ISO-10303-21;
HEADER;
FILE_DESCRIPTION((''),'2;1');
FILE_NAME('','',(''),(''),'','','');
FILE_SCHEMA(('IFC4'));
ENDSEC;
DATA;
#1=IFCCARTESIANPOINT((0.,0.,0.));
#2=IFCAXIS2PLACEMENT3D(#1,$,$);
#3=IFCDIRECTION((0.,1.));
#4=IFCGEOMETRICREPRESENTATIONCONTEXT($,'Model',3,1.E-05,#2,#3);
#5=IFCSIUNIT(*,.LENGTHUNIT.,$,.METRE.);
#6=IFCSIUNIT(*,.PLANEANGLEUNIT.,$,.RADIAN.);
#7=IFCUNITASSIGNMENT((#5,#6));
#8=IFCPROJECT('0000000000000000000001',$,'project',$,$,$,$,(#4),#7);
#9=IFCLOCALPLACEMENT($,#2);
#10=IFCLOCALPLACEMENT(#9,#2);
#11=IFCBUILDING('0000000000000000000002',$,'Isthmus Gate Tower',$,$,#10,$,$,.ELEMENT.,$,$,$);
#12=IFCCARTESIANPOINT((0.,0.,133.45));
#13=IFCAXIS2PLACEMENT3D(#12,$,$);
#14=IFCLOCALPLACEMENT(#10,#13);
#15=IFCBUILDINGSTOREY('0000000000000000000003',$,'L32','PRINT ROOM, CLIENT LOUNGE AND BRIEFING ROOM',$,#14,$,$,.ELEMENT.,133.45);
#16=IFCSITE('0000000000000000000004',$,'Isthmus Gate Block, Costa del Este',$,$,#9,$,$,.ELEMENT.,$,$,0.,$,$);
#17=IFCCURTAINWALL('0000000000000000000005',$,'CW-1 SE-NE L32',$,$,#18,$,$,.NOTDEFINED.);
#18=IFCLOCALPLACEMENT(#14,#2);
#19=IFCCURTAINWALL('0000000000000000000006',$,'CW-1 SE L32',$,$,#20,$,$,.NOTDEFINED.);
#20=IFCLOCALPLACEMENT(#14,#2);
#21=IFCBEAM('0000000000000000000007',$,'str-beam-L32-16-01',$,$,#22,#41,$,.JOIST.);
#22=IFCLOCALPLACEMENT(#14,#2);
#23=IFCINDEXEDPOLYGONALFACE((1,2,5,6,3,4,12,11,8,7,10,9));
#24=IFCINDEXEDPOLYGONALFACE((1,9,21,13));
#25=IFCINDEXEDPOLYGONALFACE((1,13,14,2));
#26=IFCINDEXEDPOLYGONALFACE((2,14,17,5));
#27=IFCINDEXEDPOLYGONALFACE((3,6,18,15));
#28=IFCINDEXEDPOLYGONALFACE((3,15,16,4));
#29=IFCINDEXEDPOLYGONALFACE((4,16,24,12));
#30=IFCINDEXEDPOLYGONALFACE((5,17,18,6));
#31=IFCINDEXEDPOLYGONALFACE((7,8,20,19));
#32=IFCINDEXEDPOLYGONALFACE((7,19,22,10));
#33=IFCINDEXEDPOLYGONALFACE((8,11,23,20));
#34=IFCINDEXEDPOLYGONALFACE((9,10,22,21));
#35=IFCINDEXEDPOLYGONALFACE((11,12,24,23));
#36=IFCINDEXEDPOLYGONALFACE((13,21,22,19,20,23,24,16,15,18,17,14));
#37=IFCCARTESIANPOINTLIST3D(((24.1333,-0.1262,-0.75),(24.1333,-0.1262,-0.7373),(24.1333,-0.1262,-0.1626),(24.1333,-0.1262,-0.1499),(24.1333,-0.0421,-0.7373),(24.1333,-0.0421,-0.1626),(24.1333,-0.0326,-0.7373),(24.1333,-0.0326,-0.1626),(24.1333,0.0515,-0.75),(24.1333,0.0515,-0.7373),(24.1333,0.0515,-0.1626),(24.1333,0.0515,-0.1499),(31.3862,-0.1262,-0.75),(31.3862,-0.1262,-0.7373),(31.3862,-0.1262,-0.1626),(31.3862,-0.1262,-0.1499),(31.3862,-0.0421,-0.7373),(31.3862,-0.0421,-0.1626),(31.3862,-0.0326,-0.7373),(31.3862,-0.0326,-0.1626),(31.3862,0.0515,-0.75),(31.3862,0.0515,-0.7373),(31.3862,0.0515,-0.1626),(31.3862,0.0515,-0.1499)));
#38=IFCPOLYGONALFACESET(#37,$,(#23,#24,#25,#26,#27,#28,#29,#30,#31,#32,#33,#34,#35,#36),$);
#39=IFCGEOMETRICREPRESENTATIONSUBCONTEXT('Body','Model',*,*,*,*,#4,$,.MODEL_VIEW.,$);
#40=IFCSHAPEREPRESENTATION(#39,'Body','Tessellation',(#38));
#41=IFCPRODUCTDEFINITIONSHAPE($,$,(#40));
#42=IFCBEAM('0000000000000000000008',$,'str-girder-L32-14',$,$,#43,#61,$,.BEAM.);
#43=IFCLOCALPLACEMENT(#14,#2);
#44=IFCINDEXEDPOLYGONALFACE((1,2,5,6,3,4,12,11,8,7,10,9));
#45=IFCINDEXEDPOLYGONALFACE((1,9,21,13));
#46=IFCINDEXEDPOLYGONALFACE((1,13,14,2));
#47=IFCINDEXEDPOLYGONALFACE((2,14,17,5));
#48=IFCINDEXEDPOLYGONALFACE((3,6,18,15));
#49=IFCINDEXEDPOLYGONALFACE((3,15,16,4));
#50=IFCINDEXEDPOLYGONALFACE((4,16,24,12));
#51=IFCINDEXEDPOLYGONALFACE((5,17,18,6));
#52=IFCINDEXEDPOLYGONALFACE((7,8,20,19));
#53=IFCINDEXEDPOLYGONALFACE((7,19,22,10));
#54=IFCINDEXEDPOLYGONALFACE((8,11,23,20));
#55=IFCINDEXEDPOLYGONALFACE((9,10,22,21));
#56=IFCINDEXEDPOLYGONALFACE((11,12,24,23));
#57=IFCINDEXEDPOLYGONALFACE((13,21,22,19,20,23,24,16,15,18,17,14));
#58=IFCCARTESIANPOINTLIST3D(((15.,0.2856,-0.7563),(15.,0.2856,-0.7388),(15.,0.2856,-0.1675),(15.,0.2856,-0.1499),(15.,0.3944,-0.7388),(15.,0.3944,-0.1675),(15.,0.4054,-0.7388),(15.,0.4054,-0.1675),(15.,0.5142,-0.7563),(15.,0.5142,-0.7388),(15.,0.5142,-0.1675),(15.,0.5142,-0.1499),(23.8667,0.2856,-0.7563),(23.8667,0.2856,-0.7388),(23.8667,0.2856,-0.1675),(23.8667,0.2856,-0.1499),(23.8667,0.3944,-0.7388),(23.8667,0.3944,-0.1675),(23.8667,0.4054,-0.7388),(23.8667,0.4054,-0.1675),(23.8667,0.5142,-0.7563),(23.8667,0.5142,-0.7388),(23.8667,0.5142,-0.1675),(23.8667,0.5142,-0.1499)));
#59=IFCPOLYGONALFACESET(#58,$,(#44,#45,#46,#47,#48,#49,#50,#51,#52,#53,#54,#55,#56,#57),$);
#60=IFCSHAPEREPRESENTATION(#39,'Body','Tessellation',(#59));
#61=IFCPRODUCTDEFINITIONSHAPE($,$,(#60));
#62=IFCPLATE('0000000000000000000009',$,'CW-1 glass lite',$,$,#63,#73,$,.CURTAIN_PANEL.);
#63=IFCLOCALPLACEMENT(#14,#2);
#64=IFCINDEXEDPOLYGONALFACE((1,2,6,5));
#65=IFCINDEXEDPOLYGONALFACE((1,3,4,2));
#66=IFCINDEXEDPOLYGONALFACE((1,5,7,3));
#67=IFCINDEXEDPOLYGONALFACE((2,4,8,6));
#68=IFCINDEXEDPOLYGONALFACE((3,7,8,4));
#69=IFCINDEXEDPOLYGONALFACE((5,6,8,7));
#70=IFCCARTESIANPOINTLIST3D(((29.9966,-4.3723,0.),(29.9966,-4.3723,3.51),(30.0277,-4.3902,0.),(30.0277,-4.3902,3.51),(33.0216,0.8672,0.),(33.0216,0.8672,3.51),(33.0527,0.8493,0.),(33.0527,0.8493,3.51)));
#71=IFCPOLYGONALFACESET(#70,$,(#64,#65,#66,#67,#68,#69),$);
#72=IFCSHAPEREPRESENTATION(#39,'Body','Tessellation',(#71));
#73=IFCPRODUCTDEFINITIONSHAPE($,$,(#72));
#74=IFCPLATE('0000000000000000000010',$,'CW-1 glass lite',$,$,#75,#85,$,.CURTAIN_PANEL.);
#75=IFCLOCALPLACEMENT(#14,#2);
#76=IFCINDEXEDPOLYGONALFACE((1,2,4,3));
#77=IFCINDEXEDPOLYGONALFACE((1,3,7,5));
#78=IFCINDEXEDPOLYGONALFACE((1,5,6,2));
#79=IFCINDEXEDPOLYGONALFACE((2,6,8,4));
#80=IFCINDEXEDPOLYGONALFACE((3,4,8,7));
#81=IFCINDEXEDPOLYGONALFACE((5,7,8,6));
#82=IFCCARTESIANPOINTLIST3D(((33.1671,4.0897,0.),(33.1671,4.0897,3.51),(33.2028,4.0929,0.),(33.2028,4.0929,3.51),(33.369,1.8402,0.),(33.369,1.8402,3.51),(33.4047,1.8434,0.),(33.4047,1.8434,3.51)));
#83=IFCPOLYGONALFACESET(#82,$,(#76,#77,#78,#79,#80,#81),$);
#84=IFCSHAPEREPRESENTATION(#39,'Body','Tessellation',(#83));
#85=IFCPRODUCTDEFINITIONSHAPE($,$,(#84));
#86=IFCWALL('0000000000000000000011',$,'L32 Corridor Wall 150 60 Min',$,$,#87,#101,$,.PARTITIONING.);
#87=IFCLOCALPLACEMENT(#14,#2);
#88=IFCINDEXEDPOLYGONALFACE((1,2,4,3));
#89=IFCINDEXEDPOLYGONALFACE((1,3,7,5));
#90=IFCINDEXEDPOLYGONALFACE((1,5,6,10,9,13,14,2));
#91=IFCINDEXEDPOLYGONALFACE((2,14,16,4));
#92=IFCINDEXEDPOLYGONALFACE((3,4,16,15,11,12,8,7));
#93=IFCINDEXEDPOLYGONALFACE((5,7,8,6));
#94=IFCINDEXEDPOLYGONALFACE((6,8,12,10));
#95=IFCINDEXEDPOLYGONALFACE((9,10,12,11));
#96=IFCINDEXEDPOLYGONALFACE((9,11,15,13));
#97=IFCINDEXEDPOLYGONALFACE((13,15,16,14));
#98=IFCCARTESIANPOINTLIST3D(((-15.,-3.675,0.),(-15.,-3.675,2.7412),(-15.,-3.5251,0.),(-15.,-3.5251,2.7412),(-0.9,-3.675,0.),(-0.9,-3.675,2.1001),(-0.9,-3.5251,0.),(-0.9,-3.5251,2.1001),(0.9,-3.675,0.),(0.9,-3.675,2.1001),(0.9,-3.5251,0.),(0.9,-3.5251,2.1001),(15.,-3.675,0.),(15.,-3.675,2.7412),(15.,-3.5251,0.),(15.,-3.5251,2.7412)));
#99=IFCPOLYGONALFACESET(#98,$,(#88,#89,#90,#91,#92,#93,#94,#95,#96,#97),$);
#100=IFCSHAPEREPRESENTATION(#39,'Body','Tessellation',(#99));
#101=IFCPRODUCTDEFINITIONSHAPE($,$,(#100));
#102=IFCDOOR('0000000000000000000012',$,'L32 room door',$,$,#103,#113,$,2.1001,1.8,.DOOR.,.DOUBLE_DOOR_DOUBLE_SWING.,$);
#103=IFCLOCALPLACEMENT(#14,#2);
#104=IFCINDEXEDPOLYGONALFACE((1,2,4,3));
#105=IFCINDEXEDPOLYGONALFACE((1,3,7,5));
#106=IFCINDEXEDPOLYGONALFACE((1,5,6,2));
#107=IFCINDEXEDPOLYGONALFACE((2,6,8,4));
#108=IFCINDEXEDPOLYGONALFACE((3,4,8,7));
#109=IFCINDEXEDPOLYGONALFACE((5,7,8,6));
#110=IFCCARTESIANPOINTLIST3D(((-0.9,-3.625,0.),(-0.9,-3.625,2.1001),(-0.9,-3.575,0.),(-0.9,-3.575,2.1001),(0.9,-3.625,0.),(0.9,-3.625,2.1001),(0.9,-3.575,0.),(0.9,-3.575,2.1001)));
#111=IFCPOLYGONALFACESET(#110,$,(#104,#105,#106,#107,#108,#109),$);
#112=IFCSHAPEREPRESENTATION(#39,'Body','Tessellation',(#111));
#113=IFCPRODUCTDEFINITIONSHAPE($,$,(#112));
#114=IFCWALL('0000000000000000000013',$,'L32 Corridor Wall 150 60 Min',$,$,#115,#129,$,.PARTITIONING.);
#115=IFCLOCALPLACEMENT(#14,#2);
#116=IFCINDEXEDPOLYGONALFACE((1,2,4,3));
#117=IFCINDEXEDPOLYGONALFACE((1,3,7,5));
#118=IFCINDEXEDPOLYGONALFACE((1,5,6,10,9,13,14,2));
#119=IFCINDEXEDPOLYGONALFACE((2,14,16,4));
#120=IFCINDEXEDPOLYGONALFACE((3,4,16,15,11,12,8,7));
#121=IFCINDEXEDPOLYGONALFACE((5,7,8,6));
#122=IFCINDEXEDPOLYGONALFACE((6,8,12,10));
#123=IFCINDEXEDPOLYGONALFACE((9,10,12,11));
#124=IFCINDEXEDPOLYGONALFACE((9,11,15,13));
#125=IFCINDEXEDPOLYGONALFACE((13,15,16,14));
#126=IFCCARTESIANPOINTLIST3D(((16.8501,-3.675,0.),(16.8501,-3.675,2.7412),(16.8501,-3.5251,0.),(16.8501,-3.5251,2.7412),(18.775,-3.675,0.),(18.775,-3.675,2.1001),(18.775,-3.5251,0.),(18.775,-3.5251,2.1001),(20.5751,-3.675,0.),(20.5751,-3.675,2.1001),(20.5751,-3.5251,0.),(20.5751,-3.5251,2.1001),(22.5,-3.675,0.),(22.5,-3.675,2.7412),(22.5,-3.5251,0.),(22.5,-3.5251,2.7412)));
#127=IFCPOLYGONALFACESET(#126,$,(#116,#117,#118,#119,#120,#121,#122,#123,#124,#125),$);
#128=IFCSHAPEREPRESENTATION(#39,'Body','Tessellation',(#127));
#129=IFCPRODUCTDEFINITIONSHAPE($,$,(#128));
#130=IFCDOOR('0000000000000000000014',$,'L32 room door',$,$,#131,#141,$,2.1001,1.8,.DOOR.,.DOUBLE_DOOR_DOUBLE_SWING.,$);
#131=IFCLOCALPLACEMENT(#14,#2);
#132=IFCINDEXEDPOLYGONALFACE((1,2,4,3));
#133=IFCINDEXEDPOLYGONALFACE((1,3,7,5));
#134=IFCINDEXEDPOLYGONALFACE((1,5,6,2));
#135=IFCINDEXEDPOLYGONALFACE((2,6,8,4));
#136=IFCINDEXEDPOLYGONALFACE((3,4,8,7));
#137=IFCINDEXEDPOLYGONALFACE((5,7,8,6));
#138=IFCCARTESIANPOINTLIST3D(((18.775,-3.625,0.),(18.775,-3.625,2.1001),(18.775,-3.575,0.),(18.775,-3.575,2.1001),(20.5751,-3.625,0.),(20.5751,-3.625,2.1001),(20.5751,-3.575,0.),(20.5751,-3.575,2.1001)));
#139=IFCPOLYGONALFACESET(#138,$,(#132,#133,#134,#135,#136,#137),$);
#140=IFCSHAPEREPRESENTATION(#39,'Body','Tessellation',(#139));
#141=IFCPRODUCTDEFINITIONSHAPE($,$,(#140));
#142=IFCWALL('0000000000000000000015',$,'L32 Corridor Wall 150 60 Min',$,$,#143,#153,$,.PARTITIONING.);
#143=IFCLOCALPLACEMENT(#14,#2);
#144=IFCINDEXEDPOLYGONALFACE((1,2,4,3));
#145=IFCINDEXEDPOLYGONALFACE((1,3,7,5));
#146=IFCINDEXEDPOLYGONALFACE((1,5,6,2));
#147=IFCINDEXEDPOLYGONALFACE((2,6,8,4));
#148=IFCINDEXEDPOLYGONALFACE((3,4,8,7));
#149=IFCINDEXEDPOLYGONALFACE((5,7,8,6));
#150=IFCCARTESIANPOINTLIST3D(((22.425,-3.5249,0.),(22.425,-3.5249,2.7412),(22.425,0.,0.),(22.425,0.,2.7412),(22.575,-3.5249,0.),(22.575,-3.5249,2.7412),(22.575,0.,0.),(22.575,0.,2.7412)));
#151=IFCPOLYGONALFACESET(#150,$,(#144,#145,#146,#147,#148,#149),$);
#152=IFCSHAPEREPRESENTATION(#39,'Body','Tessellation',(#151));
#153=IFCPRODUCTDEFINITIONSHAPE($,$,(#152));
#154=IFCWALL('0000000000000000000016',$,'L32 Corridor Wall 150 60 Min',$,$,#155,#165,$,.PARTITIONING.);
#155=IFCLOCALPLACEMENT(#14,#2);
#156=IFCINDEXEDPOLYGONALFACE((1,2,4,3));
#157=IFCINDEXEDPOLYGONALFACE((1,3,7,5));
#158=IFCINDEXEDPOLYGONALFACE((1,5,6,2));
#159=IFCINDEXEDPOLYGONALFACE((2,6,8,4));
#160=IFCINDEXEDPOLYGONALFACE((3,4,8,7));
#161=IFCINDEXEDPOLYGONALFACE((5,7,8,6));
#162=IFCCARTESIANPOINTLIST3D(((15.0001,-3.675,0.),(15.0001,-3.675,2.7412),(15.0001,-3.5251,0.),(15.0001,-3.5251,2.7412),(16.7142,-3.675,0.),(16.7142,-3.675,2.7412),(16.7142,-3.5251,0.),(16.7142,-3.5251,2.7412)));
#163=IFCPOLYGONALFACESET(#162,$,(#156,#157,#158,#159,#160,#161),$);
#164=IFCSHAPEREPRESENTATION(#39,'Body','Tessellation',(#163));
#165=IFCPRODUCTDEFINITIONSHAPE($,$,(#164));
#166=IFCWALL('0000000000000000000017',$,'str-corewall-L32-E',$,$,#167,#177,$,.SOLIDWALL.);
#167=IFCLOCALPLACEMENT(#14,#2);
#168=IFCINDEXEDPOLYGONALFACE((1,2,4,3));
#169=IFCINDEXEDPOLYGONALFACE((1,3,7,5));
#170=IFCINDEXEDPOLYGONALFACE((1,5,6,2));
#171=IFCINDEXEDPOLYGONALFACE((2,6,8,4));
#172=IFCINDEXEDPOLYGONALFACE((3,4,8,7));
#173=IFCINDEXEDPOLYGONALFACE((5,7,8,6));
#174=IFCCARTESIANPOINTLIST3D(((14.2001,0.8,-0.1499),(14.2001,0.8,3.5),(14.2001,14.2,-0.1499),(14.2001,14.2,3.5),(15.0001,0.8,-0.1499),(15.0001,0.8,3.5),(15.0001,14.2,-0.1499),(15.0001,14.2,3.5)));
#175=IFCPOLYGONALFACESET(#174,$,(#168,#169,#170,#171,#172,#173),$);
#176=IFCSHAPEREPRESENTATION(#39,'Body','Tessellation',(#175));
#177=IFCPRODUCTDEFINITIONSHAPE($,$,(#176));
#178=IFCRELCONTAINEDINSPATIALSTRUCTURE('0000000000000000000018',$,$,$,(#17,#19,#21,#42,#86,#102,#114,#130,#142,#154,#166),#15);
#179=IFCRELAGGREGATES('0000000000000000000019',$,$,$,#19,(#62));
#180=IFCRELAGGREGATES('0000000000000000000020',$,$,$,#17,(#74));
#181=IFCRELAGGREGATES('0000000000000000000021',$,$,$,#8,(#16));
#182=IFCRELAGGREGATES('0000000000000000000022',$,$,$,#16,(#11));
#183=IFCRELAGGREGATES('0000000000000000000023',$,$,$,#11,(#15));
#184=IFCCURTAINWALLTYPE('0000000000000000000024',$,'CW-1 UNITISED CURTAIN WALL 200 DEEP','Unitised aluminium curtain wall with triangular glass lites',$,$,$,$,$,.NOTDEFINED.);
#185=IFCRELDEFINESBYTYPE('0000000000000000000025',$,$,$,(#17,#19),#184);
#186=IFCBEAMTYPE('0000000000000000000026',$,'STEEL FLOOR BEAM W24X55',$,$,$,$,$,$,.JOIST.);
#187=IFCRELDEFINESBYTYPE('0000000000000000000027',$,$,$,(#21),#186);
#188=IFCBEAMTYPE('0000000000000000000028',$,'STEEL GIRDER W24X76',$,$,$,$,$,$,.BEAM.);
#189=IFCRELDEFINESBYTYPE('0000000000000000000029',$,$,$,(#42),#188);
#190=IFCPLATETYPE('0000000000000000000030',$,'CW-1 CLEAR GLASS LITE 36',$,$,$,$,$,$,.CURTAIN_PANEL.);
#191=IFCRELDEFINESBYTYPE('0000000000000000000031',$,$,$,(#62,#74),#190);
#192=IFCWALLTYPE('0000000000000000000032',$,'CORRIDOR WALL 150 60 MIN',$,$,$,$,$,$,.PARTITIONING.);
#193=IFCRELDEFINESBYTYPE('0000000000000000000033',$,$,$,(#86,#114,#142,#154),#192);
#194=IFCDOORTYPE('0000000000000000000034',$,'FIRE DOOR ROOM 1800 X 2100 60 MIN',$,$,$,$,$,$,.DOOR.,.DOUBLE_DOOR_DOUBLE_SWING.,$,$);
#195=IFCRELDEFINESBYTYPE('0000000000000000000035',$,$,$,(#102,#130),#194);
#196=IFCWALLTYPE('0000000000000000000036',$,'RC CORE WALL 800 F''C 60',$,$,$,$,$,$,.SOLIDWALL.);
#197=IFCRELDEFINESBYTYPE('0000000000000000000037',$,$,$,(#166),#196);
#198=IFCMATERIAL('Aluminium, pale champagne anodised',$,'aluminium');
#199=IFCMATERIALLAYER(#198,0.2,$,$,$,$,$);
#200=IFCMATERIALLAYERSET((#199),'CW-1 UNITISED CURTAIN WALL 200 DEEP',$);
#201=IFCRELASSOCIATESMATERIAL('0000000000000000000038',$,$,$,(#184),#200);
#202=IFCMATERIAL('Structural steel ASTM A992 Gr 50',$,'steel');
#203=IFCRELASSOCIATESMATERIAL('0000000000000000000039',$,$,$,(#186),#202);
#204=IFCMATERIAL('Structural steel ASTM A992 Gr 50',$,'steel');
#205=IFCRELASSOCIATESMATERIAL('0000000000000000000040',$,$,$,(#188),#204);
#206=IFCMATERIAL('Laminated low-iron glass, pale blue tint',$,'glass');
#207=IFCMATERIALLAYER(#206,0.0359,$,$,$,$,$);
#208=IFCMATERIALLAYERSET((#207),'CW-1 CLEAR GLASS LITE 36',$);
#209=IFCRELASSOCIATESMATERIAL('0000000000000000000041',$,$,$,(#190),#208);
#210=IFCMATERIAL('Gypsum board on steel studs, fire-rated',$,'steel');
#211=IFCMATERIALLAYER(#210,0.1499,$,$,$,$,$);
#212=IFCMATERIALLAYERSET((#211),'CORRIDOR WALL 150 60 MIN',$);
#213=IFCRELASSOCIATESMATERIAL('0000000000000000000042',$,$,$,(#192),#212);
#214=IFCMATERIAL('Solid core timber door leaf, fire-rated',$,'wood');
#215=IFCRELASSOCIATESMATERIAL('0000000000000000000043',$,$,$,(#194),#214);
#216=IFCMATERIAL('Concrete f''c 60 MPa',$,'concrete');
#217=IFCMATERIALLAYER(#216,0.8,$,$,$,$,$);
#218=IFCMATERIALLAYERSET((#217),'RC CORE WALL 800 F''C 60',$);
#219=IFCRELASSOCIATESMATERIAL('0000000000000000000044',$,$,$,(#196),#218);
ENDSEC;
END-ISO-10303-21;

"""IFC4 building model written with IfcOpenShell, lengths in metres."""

from ifc_helpers import new_model, si_unit, direction, frame, frame_2d, origin, origin_2d, place, context, subcontext, project, spatial, rectangle, i_section, extrude, material, layer, layer_set, material_profile, profile_set, type_object, element, fill, aggregate, save


model = new_model("IFC4")

# Units and contexts
model_context = context("Model", 3, precision=1e-05, world=origin(), true_north=direction((0.0, 1.0)))
body_context = subcontext(model_context, "Body", "Model", "MODEL_VIEW")
ifc_project = project(units=[si_unit("LENGTHUNIT", "METRE"), si_unit("PLANEANGLEUNIT", "RADIAN")], contexts=[model_context])

# Site, building, storey
site_placement = place(None, origin())
site = spatial("IfcSite", under=ifc_project, at=site_placement, Name="Isthmus Gate Block, Costa del Este", CompositionType="ELEMENT", RefElevation=0.0)
building_placement = place(site_placement, origin())
building = spatial("IfcBuilding", under=site, at=building_placement, Name="Isthmus Gate Tower", CompositionType="ELEMENT")
storey_placement = place(building_placement, frame((0.0, 0.0, 133.45)))
storey = spatial("IfcBuildingStorey", under=building, at=storey_placement, Name="L32", Description="PRINT ROOM, CLIENT LOUNGE AND BRIEFING ROOM", CompositionType="ELEMENT", Elevation=133.45)

# Curtain walls
ifc_material_1 = material(Name="Aluminium, pale champagne anodised", Category="aluminium")
ifc_layer_1 = layer(ifc_material_1, 0.2)
ifc_layer_set_1 = layer_set([ifc_layer_1], Name="CW-1 UNITISED CURTAIN WALL 200 DEEP")
curtain_wall_type = type_object("IfcCurtainWallType", Name="CW-1 UNITISED CURTAIN WALL 200 DEEP", Description="Unitised aluminium curtain wall with triangular glass lites", PredefinedType="NOTDEFINED", material=ifc_layer_set_1)
curtain_wall_1_placement = place(storey_placement, origin())
curtain_wall_1 = element("IfcCurtainWall", 1, at=curtain_wall_1_placement, inside=storey, type_object=curtain_wall_type, Name="CW-1 SE-NE L32", PredefinedType="NOTDEFINED")
curtain_wall_2_placement = place(storey_placement, origin())
curtain_wall_2 = element("IfcCurtainWall", 2, at=curtain_wall_2_placement, inside=storey, type_object=curtain_wall_type, Name="CW-1 SE L32", PredefinedType="NOTDEFINED")

# Beams
ifc_material_2 = material(Name="Structural steel ASTM A992 Gr 50", Category="steel")
ifc_material_profile_1 = material_profile(ifc_material_2, i_section(OverallWidth=0.1777, OverallDepth=0.6001, WebThickness=0.0095, FlangeThickness=0.0127, at=origin_2d()), Name="W24X55")
ifc_profile_set_1 = profile_set([ifc_material_profile_1], Name="Structural steel ASTM A992 Gr 50")
beam_type_1 = type_object("IfcBeamType", Name="STEEL FLOOR BEAM W24X55", PredefinedType="JOIST", material=ifc_profile_set_1)
beam_1_placement = place(storey_placement, frame((24.1333, -0.0374, -0.45), z_axis=(1.0, 0.0, 0.0), x_axis=(0.0, 1.0, 0.0)))
element("IfcBeam", 3, at=beam_1_placement, inside=storey, type_object=beam_type_1, Name="str-beam-L32-16-01", PredefinedType="JOIST", context=body_context, shape_type="SweptSolid", body=[
    extrude(i_section(OverallWidth=0.1777, OverallDepth=0.6001, WebThickness=0.0095, FlangeThickness=0.0127, at=origin_2d()), origin(), (0.0, 0.0, 1.0), 7.2529),
])
ifc_material_3 = material(Name="Structural steel ASTM A992 Gr 50", Category="steel")
ifc_material_profile_2 = material_profile(ifc_material_3, i_section(OverallWidth=0.2285, OverallDepth=0.6064, WebThickness=0.011, FlangeThickness=0.0176, at=origin_2d()), Name="W24X76")
ifc_profile_set_2 = profile_set([ifc_material_profile_2], Name="Structural steel ASTM A992 Gr 50")
beam_type_2 = type_object("IfcBeamType", Name="STEEL GIRDER W24X76", PredefinedType="BEAM", material=ifc_profile_set_2)
beam_2_placement = place(storey_placement, frame((15.0, 0.3999, -0.4531), z_axis=(1.0, 0.0, 0.0), x_axis=(0.0, 1.0, 0.0)))
element("IfcBeam", 4, at=beam_2_placement, inside=storey, type_object=beam_type_2, Name="str-girder-L32-14", PredefinedType="BEAM", context=body_context, shape_type="SweptSolid", body=[
    extrude(i_section(OverallWidth=0.2285, OverallDepth=0.6064, WebThickness=0.011, FlangeThickness=0.0176, at=origin_2d()), origin(), (0.0, 0.0, 1.0), 8.8667),
])

# Plates
ifc_material_4 = material(Name="Laminated low-iron glass, pale blue tint", Category="glass")
ifc_layer_2 = layer(ifc_material_4, 0.0359)
ifc_layer_set_2 = layer_set([ifc_layer_2], Name="CW-1 CLEAR GLASS LITE 36")
plate_type = type_object("IfcPlateType", Name="CW-1 CLEAR GLASS LITE 36", PredefinedType="CURTAIN_PANEL", material=ifc_layer_set_2)
plate_1_placement = place(storey_placement, frame((31.5247, -1.7615, 0.0), z_axis=(0.0, 0.0, 1.0), x_axis=(0.5, 0.866025, 0.0)))
plate_1 = element("IfcPlate", 5, at=plate_1_placement, type_object=plate_type, Name="CW-1 glass lite", PredefinedType="CURTAIN_PANEL", context=body_context, shape_type="SweptSolid", body=[
    extrude(rectangle(XDim=6.05, YDim=0.0359, at=origin_2d()), origin(), (0.0, 0.0, 1.0), 3.51),
])
aggregate(curtain_wall_2, [plate_1])
plate_2_placement = place(storey_placement, frame((33.2859, 2.9666, 0.0), z_axis=(0.0, 0.0, 1.0), x_axis=(-0.089397, 0.995996, 0.0)))
plate_2 = element("IfcPlate", 6, at=plate_2_placement, type_object=plate_type, Name="CW-1 glass lite", PredefinedType="CURTAIN_PANEL", context=body_context, shape_type="SweptSolid", body=[
    extrude(rectangle(XDim=2.2585, YDim=0.0359, at=origin_2d()), origin(), (0.0, 0.0, 1.0), 3.51),
])
aggregate(curtain_wall_1, [plate_2])

# Walls, openings, doors
ifc_material_5 = material(Name="Gypsum board on steel studs, fire-rated", Category="steel")
ifc_layer_3 = layer(ifc_material_5, 0.1499)
ifc_layer_set_3 = layer_set([ifc_layer_3], Name="CORRIDOR WALL 150 60 MIN")
wall_type_1 = type_object("IfcWallType", Name="CORRIDOR WALL 150 60 MIN", PredefinedType="PARTITIONING", material=ifc_layer_set_3)
wall_1_placement = place(storey_placement, frame((15.0, -3.6001, 0.0), z_axis=(0.0, 0.0, 1.0), x_axis=(-1.0, 0.0, 0.0)))
wall_1 = element("IfcWall", 7, at=wall_1_placement, inside=storey, type_object=wall_type_1, Name="L32 Corridor Wall 150 60 Min", PredefinedType="PARTITIONING", context=body_context, shape_type="SweptSolid", body=[
    extrude(rectangle(XDim=30.0, YDim=0.1499, at=frame_2d((15.0, 0.0))), origin(), (0.0, 0.0, 1.0), 2.7412),
])
opening_1_placement = place(wall_1_placement, frame((14.1001, 0.0, 0.0)))
opening_1 = element("IfcOpeningElement", 8, at=opening_1_placement, cuts=wall_1, PredefinedType="OPENING", context=body_context, shape_type="SweptSolid", body=[
    extrude(rectangle(XDim=1.8, YDim=2.1001, at=frame_2d((0.8999, 1.05))), frame((0.0, 0.085, 0.0), z_axis=(0.0, -1.0, 0.0), x_axis=(1.0, 0.0, 0.0)), (0.0, 0.0, 1.0), 0.1699),
])
ifc_material_6 = material(Name="Solid core timber door leaf, fire-rated", Category="wood")
door_type = type_object("IfcDoorType", Name="FIRE DOOR ROOM 1800 X 2100 60 MIN", OperationType="DOUBLE_DOOR_DOUBLE_SWING", PredefinedType="DOOR", material=ifc_material_6)
door_1_placement = place(opening_1_placement, origin())
door_1 = element("IfcDoor", 9, at=door_1_placement, inside=storey, type_object=door_type, Name="L32 room door", OperationType="DOUBLE_DOOR_DOUBLE_SWING", OverallHeight=2.1001, OverallWidth=1.8, PredefinedType="DOOR", context=body_context, shape_type="SweptSolid", body=[
    extrude(rectangle(XDim=1.8, YDim=2.1001, at=frame_2d((0.8999, 1.05))), frame((0.0, 0.0249, 0.0), z_axis=(0.0, -1.0, 0.0), x_axis=(1.0, 0.0, 0.0)), (0.0, 0.0, 1.0), 0.05),
])
fill(opening_1, door_1)
wall_2_placement = place(storey_placement, frame((22.5, -3.6001, 0.0), z_axis=(0.0, 0.0, 1.0), x_axis=(-1.0, 0.0, 0.0)))
wall_2 = element("IfcWall", 10, at=wall_2_placement, inside=storey, type_object=wall_type_1, Name="L32 Corridor Wall 150 60 Min", PredefinedType="PARTITIONING", context=body_context, shape_type="SweptSolid", body=[
    extrude(rectangle(XDim=5.6499, YDim=0.1499, at=frame_2d((2.825, 0.0))), origin(), (0.0, 0.0, 1.0), 2.7412),
])
opening_2_placement = place(wall_2_placement, frame((1.925, 0.0, 0.0)))
opening_2 = element("IfcOpeningElement", 11, at=opening_2_placement, cuts=wall_2, PredefinedType="OPENING", context=body_context, shape_type="SweptSolid", body=[
    extrude(rectangle(XDim=1.8, YDim=2.1001, at=frame_2d((0.8999, 1.05))), frame((0.0, 0.085, 0.0), z_axis=(0.0, -1.0, 0.0), x_axis=(1.0, 0.0, 0.0)), (0.0, 0.0, 1.0), 0.1699),
])
door_2_placement = place(opening_2_placement, origin())
door_2 = element("IfcDoor", 12, at=door_2_placement, inside=storey, type_object=door_type, Name="L32 room door", OperationType="DOUBLE_DOOR_DOUBLE_SWING", OverallHeight=2.1001, OverallWidth=1.8, PredefinedType="DOOR", context=body_context, shape_type="SweptSolid", body=[
    extrude(rectangle(XDim=1.8, YDim=2.1001, at=frame_2d((0.8999, 1.05))), frame((0.0, 0.0249, 0.0), z_axis=(0.0, -1.0, 0.0), x_axis=(1.0, 0.0, 0.0)), (0.0, 0.0, 1.0), 0.05),
])
fill(opening_2, door_2)

# Walls
wall_3_placement = place(storey_placement, frame((22.5, 0.0, 0.0), z_axis=(0.0, 0.0, 1.0), x_axis=(0.0, -1.0, 0.0)))
element("IfcWall", 13, at=wall_3_placement, inside=storey, type_object=wall_type_1, Name="L32 Corridor Wall 150 60 Min", PredefinedType="PARTITIONING", context=body_context, shape_type="SweptSolid", body=[
    extrude(rectangle(XDim=3.5249, YDim=0.1499, at=frame_2d((1.7625, 0.0))), origin(), (0.0, 0.0, 1.0), 2.7412),
])
wall_4_placement = place(storey_placement, frame((16.7141, -3.6001, 0.0), z_axis=(0.0, 0.0, 1.0), x_axis=(-1.0, 0.0, 0.0)))
element("IfcWall", 14, at=wall_4_placement, inside=storey, type_object=wall_type_1, Name="L32 Corridor Wall 150 60 Min", PredefinedType="PARTITIONING", context=body_context, shape_type="SweptSolid", body=[
    extrude(rectangle(XDim=1.7141, YDim=0.1499, at=frame_2d((0.8569, 0.0))), origin(), (0.0, 0.0, 1.0), 2.7412),
])
ifc_material_7 = material(Name="Concrete f'c 60 MPa", Category="concrete")
ifc_layer_4 = layer(ifc_material_7, 0.8)
ifc_layer_set_4 = layer_set([ifc_layer_4], Name="RC CORE WALL 800 F'C 60")
wall_type_2 = type_object("IfcWallType", Name="RC CORE WALL 800 F'C 60", PredefinedType="SOLIDWALL", material=ifc_layer_set_4)
wall_5_placement = place(storey_placement, frame((14.6001, 0.8, -0.1499), z_axis=(0.0, 0.0, 1.0), x_axis=(0.0, 1.0, 0.0)))
element("IfcWall", 15, at=wall_5_placement, inside=storey, type_object=wall_type_2, Name="str-corewall-L32-E", PredefinedType="SOLIDWALL", context=body_context, shape_type="SweptSolid", body=[
    extrude(rectangle(XDim=13.3999, YDim=0.8, at=frame_2d((6.7, 0.0))), origin(), (0.0, 0.0, 1.0), 3.6499),
])

save(model, "model.ifc")
